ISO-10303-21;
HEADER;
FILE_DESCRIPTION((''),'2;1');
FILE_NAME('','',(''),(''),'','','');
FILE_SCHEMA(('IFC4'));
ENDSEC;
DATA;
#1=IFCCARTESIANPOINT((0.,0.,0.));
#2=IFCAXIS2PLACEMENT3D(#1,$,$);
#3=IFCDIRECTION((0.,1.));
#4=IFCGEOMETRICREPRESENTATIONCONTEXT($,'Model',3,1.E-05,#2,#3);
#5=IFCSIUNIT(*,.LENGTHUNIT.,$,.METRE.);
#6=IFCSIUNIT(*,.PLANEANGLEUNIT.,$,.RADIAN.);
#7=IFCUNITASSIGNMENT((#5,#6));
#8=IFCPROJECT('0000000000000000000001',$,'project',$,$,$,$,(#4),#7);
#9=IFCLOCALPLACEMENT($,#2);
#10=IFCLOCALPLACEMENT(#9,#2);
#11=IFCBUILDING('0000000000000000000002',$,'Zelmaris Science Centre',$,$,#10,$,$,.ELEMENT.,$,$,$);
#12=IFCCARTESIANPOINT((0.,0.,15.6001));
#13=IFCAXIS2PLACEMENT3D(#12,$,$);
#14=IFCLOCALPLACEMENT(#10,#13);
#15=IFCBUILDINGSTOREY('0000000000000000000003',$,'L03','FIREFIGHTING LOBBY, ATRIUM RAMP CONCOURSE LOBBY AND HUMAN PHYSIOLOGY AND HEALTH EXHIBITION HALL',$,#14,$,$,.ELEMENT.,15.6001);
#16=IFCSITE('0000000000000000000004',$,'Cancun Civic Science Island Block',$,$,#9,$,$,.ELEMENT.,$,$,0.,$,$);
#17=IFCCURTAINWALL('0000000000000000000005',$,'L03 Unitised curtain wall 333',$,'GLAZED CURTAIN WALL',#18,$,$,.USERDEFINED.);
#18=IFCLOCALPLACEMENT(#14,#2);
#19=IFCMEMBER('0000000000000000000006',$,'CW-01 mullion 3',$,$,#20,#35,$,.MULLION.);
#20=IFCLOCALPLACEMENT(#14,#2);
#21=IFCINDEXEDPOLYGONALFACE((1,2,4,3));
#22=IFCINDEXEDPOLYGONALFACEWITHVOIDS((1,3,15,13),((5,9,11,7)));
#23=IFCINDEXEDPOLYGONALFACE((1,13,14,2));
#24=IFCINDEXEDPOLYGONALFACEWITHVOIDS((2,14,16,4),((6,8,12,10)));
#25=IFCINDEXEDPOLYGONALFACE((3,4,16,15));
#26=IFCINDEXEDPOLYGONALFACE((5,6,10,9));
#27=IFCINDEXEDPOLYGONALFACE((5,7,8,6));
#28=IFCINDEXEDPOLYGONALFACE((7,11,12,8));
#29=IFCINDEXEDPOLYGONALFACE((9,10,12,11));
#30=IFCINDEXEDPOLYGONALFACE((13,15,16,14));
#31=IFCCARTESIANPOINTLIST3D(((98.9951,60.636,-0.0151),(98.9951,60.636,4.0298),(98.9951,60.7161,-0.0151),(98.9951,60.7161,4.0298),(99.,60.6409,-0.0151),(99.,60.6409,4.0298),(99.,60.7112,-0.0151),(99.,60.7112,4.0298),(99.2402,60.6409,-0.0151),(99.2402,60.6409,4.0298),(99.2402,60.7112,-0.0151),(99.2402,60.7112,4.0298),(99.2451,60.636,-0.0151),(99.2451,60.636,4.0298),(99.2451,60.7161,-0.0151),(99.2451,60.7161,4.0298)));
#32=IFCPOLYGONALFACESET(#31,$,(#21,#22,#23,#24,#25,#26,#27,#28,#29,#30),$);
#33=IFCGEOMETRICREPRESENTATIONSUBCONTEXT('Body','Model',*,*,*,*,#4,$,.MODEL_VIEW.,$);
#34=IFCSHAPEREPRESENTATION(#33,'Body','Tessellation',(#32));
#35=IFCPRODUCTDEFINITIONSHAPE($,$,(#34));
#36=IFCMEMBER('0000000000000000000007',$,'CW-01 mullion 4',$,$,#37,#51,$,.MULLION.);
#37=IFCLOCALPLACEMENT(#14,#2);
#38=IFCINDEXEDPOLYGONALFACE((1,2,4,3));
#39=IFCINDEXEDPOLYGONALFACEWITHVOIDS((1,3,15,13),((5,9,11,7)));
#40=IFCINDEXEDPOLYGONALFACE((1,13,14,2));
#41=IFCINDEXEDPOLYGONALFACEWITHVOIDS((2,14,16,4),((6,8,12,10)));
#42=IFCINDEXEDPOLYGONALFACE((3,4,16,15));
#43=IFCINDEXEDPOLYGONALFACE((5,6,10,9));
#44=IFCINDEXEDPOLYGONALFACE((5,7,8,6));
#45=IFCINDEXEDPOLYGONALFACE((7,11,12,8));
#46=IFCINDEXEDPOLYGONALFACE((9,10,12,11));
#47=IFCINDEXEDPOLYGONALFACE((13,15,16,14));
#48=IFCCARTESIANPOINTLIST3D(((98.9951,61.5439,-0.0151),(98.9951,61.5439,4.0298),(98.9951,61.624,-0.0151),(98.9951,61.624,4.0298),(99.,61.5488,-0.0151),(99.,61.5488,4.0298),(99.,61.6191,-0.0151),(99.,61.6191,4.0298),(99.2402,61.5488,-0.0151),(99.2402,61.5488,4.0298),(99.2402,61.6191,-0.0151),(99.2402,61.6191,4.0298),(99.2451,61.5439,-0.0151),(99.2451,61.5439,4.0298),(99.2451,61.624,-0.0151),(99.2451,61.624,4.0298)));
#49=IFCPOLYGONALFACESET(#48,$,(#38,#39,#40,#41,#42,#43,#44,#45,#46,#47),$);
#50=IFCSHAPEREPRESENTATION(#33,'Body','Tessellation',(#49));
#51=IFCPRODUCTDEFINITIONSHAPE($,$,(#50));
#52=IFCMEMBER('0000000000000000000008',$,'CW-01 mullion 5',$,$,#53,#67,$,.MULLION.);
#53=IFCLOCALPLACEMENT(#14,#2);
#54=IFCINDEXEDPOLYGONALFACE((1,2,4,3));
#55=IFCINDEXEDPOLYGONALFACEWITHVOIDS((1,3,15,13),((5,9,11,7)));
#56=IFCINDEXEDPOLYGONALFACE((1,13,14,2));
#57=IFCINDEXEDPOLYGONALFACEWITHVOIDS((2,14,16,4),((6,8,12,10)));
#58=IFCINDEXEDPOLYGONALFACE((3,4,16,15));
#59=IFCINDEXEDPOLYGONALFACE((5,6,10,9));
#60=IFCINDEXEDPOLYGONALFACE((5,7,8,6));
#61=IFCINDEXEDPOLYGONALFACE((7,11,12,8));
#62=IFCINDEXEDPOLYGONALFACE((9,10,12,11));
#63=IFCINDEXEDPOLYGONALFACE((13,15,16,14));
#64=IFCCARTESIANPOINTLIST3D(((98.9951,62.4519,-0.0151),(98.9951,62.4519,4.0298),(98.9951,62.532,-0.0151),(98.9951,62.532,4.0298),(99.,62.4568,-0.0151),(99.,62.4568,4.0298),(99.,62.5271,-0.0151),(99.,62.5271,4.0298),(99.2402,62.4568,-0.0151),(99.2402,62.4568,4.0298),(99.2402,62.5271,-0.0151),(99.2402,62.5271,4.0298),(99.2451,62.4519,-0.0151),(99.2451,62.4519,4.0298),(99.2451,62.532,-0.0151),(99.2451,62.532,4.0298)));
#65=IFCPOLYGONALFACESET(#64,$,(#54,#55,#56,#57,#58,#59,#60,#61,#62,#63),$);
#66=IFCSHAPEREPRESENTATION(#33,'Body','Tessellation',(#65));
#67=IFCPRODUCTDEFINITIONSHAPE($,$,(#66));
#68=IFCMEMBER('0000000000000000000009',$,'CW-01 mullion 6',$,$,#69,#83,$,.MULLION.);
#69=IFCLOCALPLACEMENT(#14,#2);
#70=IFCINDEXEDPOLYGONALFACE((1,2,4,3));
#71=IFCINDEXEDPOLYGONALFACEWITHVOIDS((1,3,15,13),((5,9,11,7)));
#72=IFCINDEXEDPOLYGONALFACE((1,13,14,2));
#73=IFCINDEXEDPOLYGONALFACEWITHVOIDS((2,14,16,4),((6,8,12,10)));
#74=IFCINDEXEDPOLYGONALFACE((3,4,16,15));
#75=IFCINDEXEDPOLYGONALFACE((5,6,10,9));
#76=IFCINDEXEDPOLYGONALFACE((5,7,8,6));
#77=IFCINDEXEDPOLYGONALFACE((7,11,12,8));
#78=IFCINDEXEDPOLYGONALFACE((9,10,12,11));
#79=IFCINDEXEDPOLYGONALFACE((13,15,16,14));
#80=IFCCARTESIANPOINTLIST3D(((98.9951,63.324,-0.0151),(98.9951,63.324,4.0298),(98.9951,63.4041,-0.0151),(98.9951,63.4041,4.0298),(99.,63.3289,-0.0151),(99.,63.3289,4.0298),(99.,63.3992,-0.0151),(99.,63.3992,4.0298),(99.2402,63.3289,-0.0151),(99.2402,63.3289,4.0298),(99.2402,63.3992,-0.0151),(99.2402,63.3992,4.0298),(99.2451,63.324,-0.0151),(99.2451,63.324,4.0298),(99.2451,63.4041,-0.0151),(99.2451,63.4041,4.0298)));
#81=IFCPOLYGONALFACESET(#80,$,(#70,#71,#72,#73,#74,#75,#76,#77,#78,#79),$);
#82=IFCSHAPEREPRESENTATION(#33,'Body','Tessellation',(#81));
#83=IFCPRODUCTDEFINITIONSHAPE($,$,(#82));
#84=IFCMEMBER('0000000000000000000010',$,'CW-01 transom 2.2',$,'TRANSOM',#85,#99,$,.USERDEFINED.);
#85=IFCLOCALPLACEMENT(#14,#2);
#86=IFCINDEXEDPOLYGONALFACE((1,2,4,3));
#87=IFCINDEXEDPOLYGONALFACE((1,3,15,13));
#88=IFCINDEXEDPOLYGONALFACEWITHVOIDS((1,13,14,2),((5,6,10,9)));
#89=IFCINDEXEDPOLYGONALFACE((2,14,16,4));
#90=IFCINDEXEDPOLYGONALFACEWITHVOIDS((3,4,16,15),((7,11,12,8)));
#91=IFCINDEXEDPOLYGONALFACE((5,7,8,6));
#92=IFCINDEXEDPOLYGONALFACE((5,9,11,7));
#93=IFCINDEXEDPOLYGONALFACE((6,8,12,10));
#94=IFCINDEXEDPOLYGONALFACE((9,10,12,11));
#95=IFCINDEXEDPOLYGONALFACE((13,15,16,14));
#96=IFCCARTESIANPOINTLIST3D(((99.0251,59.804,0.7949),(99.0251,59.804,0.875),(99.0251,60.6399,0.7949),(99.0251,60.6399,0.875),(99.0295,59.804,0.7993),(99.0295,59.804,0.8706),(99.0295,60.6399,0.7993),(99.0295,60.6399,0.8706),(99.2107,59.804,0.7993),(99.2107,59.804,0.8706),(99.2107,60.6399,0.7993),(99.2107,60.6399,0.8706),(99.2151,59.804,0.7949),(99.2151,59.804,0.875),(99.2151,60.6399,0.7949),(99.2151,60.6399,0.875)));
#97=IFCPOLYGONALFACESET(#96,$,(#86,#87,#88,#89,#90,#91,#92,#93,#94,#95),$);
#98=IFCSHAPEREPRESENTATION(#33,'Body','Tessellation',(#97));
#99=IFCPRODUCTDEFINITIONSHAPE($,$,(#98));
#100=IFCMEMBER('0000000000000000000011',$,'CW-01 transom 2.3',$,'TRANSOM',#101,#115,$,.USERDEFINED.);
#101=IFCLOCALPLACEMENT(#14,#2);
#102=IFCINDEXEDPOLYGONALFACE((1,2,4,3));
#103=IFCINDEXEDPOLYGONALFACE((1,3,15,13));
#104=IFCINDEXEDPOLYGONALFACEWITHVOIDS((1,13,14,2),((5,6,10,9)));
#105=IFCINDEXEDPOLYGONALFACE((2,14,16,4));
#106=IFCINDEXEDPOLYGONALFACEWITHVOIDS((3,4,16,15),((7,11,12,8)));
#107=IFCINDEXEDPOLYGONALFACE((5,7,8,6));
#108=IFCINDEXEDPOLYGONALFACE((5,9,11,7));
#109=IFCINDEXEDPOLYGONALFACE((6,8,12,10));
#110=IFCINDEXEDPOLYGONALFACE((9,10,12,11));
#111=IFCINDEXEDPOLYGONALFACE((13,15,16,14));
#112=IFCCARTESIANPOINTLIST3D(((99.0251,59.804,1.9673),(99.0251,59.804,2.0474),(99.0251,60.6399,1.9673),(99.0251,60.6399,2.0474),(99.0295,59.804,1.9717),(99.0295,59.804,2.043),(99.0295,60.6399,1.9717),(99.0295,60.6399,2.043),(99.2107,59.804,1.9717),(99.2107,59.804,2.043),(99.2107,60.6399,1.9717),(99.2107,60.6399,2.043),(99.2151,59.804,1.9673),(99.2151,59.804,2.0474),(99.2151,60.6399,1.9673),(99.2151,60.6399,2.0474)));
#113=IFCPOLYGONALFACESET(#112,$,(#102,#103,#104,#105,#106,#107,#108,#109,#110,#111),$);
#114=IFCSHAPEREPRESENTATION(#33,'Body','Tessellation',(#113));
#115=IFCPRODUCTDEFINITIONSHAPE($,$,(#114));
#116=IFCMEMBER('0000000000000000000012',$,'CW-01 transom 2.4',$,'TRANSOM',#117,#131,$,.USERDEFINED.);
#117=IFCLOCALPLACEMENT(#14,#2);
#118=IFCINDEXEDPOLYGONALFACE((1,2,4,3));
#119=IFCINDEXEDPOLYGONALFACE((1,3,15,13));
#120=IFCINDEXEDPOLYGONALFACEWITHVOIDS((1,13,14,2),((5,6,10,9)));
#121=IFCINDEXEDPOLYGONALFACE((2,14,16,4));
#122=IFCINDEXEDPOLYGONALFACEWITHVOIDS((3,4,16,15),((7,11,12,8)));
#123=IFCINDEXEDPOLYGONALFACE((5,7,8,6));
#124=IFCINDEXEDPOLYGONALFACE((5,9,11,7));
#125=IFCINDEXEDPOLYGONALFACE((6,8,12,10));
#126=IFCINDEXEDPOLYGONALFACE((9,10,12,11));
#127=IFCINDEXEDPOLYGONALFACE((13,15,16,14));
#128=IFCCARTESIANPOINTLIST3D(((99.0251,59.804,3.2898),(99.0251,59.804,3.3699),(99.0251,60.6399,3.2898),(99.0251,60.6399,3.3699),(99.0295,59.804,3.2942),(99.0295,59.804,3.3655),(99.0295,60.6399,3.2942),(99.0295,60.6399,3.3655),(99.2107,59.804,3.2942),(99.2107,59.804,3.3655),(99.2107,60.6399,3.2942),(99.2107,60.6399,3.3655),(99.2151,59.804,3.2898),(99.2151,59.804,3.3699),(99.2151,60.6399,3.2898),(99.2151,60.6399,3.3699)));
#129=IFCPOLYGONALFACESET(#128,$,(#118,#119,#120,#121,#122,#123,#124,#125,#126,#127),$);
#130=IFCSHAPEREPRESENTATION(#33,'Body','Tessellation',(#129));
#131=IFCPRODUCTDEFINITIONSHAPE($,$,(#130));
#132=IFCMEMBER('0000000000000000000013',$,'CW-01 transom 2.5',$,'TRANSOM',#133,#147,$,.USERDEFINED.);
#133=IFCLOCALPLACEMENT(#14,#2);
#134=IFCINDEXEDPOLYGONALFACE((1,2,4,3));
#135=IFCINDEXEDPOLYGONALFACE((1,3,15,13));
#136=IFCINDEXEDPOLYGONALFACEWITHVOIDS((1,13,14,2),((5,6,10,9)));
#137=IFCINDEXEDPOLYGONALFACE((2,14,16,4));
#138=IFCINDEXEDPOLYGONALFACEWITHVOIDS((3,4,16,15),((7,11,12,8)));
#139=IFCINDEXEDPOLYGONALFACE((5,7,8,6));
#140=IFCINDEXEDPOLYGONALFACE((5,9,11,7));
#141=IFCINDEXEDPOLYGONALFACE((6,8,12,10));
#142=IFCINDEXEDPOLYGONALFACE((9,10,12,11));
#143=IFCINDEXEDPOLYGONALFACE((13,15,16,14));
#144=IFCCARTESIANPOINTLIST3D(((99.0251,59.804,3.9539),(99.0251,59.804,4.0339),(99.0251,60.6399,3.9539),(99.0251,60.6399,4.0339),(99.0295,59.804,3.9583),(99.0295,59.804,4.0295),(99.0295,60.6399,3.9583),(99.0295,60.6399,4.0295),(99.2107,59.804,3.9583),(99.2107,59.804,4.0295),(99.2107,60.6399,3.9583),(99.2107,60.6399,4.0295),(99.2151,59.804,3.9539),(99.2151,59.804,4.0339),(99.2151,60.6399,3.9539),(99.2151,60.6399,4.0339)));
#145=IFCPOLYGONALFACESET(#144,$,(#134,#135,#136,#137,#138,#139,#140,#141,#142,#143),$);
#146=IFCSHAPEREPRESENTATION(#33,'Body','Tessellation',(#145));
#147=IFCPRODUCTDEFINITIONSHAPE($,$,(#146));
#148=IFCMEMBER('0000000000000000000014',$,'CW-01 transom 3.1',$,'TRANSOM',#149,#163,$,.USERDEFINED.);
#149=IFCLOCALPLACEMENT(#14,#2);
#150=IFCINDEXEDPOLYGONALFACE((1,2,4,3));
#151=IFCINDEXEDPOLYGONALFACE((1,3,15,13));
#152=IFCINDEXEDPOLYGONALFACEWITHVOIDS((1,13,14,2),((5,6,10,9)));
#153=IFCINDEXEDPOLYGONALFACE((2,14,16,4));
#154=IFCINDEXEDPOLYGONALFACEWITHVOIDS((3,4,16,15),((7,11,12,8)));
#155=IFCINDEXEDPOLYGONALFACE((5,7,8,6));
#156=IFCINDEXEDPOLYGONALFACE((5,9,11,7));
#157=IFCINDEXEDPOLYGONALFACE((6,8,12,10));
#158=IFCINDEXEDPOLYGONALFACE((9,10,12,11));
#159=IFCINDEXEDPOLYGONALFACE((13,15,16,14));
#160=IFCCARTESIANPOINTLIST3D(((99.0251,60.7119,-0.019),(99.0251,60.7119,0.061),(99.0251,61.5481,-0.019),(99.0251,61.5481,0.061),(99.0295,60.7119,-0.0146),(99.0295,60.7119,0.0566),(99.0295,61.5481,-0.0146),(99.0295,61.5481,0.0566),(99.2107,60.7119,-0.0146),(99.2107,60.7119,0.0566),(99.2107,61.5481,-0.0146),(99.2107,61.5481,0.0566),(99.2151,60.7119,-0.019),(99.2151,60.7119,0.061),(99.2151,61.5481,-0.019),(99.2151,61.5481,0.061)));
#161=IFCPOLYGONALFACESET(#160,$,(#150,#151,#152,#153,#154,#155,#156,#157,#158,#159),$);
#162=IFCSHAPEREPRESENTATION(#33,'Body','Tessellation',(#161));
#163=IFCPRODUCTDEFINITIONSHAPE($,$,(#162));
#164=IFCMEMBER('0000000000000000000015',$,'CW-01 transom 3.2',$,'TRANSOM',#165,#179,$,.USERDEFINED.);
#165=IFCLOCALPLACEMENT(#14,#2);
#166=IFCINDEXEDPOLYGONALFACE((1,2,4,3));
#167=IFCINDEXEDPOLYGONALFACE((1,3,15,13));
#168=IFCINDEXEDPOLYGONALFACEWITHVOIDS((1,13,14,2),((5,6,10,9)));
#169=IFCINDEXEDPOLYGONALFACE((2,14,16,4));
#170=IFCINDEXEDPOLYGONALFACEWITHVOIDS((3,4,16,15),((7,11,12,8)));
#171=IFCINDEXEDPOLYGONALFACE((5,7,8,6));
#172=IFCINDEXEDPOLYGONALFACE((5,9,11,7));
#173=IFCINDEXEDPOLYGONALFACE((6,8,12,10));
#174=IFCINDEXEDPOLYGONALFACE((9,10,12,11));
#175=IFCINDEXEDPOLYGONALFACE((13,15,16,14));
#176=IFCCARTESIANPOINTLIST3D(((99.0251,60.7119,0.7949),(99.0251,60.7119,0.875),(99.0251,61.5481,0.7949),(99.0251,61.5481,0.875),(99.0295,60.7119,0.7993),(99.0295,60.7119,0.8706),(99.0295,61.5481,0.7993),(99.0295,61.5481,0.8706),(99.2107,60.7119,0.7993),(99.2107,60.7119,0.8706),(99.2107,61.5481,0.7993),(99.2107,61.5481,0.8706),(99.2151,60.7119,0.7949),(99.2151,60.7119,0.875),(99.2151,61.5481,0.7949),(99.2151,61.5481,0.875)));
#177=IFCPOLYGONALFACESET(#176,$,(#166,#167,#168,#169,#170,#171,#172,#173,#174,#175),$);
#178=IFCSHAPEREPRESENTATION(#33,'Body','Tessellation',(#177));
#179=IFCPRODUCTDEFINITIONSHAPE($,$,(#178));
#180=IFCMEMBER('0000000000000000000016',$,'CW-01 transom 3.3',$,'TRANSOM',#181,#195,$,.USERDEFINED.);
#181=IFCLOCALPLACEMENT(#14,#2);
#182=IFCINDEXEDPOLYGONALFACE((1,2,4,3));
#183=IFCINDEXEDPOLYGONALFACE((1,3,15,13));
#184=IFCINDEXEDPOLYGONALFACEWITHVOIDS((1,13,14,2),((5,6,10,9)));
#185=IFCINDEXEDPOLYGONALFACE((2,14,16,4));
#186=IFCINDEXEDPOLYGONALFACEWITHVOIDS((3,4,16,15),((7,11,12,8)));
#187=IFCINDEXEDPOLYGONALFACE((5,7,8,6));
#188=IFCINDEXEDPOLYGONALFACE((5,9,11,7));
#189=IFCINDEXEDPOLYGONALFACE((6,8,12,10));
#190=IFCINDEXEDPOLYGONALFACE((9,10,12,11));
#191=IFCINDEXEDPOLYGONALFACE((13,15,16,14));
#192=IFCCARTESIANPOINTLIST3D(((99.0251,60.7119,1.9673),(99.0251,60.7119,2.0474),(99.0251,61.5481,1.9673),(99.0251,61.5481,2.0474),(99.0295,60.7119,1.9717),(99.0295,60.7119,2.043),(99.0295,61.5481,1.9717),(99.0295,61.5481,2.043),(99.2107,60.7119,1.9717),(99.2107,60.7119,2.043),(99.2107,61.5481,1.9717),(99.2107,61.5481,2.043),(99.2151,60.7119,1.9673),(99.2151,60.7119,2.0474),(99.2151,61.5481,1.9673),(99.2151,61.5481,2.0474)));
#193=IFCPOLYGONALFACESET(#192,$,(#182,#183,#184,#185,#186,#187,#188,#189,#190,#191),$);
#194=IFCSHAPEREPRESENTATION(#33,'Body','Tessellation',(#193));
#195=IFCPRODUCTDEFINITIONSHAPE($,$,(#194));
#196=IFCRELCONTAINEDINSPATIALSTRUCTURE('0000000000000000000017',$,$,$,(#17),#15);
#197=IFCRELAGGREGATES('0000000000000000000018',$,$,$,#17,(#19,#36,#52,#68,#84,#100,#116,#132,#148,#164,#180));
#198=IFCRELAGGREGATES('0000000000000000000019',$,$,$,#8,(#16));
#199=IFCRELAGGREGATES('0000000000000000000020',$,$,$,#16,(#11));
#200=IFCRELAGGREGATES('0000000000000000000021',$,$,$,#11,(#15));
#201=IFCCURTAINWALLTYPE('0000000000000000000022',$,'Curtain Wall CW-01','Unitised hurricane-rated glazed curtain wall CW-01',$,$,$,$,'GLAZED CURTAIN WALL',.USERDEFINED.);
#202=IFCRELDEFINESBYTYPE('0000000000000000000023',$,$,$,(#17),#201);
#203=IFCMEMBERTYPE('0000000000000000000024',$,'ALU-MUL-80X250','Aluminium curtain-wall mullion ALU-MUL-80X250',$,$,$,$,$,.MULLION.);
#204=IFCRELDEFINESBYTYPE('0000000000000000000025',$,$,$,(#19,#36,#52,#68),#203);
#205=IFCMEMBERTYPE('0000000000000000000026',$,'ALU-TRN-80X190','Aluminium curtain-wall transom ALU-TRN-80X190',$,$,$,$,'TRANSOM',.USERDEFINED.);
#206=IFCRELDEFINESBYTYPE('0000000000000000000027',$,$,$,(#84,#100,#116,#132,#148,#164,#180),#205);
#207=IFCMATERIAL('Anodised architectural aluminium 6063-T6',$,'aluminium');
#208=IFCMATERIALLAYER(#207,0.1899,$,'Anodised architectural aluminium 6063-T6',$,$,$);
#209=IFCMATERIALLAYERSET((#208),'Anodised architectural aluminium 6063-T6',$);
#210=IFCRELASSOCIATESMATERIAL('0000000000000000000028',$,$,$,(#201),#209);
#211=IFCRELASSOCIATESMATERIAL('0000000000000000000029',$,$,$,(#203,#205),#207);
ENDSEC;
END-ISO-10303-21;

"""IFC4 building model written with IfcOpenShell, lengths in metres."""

from ifc_helpers import new_model, si_unit, direction, frame, origin, origin_2d, place, context, subcontext, project, spatial, hollow_rectangle, extrude, material, layer, layer_set, material_profile, profile_set, type_object, element, aggregate, save


model = new_model("IFC4")

# Units and contexts
model_context = context("Model", 3, precision=1e-05, world=origin(), true_north=direction((0.0, 1.0)))
body_context = subcontext(model_context, "Body", "Model", "MODEL_VIEW")
ifc_project = project(units=[si_unit("LENGTHUNIT", "METRE"), si_unit("PLANEANGLEUNIT", "RADIAN")], contexts=[model_context])

# Site, building, storey
site_placement = place(None, origin())
site = spatial("IfcSite", under=ifc_project, at=site_placement, Name="Cancun Civic Science Island Block", CompositionType="ELEMENT", RefElevation=0.0)
building_placement = place(site_placement, origin())
building = spatial("IfcBuilding", under=site, at=building_placement, Name="Zelmaris Science Centre", CompositionType="ELEMENT")
storey_placement = place(building_placement, frame((0.0, 0.0, 15.6001)))
storey = spatial("IfcBuildingStorey", under=building, at=storey_placement, Name="L03", Description="FIREFIGHTING LOBBY, ATRIUM RAMP CONCOURSE LOBBY AND HUMAN PHYSIOLOGY AND HEALTH EXHIBITION HALL", CompositionType="ELEMENT", Elevation=15.6001)

# Curtain wall, members
ifc_material_1 = material(Name="Anodised architectural aluminium 6063-T6", Category="aluminium")
ifc_layer_1 = layer(ifc_material_1, 0.1899, Name="Anodised architectural aluminium 6063-T6")
ifc_layer_set_1 = layer_set([ifc_layer_1], Name="Anodised architectural aluminium 6063-T6")
curtain_wall_type = type_object("IfcCurtainWallType", Name="Curtain Wall CW-01", Description="Unitised hurricane-rated glazed curtain wall CW-01", ElementType="GLAZED CURTAIN WALL", PredefinedType="USERDEFINED", material=ifc_layer_set_1)
curtain_wall_placement = place(storey_placement, origin())
curtain_wall = element("IfcCurtainWall", 1, at=curtain_wall_placement, inside=storey, type_object=curtain_wall_type, Name="L03 Unitised curtain wall 333", ObjectType="GLAZED CURTAIN WALL", PredefinedType="USERDEFINED")
ifc_material_profile_1 = material_profile(ifc_material_1, hollow_rectangle(XDim=0.0801, YDim=0.25, WallThickness=0.0049, at=origin_2d()), Name="ALU-MUL-80X250")
ifc_profile_set_1 = profile_set([ifc_material_profile_1], Name="Anodised architectural aluminium 6063-T6")
member_type_1 = type_object("IfcMemberType", Name="ALU-MUL-80X250", Description="Aluminium curtain-wall mullion ALU-MUL-80X250", PredefinedType="MULLION", material=ifc_profile_set_1)
member_1_placement = place(storey_placement, frame((99.1201, 60.676, -0.0151), z_axis=(0.0, 0.0, 1.0), x_axis=(-0.000005, 1.0, 0.0)))
member_1 = element("IfcMember", 2, at=member_1_placement, type_object=member_type_1, Name="CW-01 mullion 3", PredefinedType="MULLION", context=body_context, shape_type="SweptSolid", body=[
    extrude(hollow_rectangle(XDim=0.0801, YDim=0.25, WallThickness=0.0049, at=origin_2d()), origin(), (0.0, 0.0, 1.0), 4.0449),
])
member_2_placement = place(storey_placement, frame((99.1201, 61.584, -0.0151), z_axis=(0.0, 0.0, 1.0), x_axis=(-0.000005, 1.0, 0.0)))
member_2 = element("IfcMember", 3, at=member_2_placement, type_object=member_type_1, Name="CW-01 mullion 4", PredefinedType="MULLION", context=body_context, shape_type="SweptSolid", body=[
    extrude(hollow_rectangle(XDim=0.0801, YDim=0.25, WallThickness=0.0049, at=origin_2d()), origin(), (0.0, 0.0, 1.0), 4.0449),
])
member_3_placement = place(storey_placement, frame((99.1201, 62.4919, -0.0151), z_axis=(0.0, 0.0, 1.0), x_axis=(-0.000005, 1.0, 0.0)))
member_3 = element("IfcMember", 4, at=member_3_placement, type_object=member_type_1, Name="CW-01 mullion 5", PredefinedType="MULLION", context=body_context, shape_type="SweptSolid", body=[
    extrude(hollow_rectangle(XDim=0.0801, YDim=0.25, WallThickness=0.0049, at=origin_2d()), origin(), (0.0, 0.0, 1.0), 4.0449),
])
member_4_placement = place(storey_placement, frame((99.1201, 63.364, -0.0151), z_axis=(0.0, 0.0, 1.0), x_axis=(-0.000005, 1.0, 0.0)))
member_4 = element("IfcMember", 5, at=member_4_placement, type_object=member_type_1, Name="CW-01 mullion 6", PredefinedType="MULLION", context=body_context, shape_type="SweptSolid", body=[
    extrude(hollow_rectangle(XDim=0.0801, YDim=0.25, WallThickness=0.0049, at=origin_2d()), origin(), (0.0, 0.0, 1.0), 4.0449),
])
ifc_material_profile_2 = material_profile(ifc_material_1, hollow_rectangle(XDim=0.0801, YDim=0.1899, WallThickness=0.0044, at=origin_2d()), Name="ALU-TRN-80X190")
ifc_profile_set_2 = profile_set([ifc_material_profile_2], Name="Anodised architectural aluminium 6063-T6")
member_type_2 = type_object("IfcMemberType", Name="ALU-TRN-80X190", Description="Aluminium curtain-wall transom ALU-TRN-80X190", ElementType="TRANSOM", PredefinedType="USERDEFINED", material=ifc_profile_set_2)
member_5_placement = place(storey_placement, frame((99.1201, 59.804, 0.835), z_axis=(0.0, 1.0, 0.0), x_axis=(0.0, 0.0, 1.0)))
member_5 = element("IfcMember", 6, at=member_5_placement, type_object=member_type_2, Name="CW-01 transom 2.2", ObjectType="TRANSOM", PredefinedType="USERDEFINED", context=body_context, shape_type="SweptSolid", body=[
    extrude(hollow_rectangle(XDim=0.0801, YDim=0.1899, WallThickness=0.0044, at=origin_2d()), origin(), (0.0, 0.0, 1.0), 0.8359),
])
member_6_placement = place(storey_placement, frame((99.1201, 59.804, 2.0073), z_axis=(0.0, 1.0, 0.0), x_axis=(0.0, 0.0, 1.0)))
member_6 = element("IfcMember", 7, at=member_6_placement, type_object=member_type_2, Name="CW-01 transom 2.3", ObjectType="TRANSOM", PredefinedType="USERDEFINED", context=body_context, shape_type="SweptSolid", body=[
    extrude(hollow_rectangle(XDim=0.0801, YDim=0.1899, WallThickness=0.0044, at=origin_2d()), origin(), (0.0, 0.0, 1.0), 0.8359),
])
member_7_placement = place(storey_placement, frame((99.1201, 59.804, 3.3298), z_axis=(0.0, 1.0, 0.0), x_axis=(0.0, 0.0, 1.0)))
member_7 = element("IfcMember", 8, at=member_7_placement, type_object=member_type_2, Name="CW-01 transom 2.4", ObjectType="TRANSOM", PredefinedType="USERDEFINED", context=body_context, shape_type="SweptSolid", body=[
    extrude(hollow_rectangle(XDim=0.0801, YDim=0.1899, WallThickness=0.0044, at=origin_2d()), origin(), (0.0, 0.0, 1.0), 0.8359),
])
member_8_placement = place(storey_placement, frame((99.1201, 59.804, 3.9939), z_axis=(0.0, 1.0, 0.0), x_axis=(0.0, 0.0, 1.0)))
member_8 = element("IfcMember", 9, at=member_8_placement, type_object=member_type_2, Name="CW-01 transom 2.5", ObjectType="TRANSOM", PredefinedType="USERDEFINED", context=body_context, shape_type="SweptSolid", body=[
    extrude(hollow_rectangle(XDim=0.0801, YDim=0.1899, WallThickness=0.0044, at=origin_2d()), origin(), (0.0, 0.0, 1.0), 0.8359),
])
member_9_placement = place(storey_placement, frame((99.1201, 60.7119, 0.021), z_axis=(0.0, 1.0, 0.0), x_axis=(0.0, 0.0, 1.0)))
member_9 = element("IfcMember", 10, at=member_9_placement, type_object=member_type_2, Name="CW-01 transom 3.1", ObjectType="TRANSOM", PredefinedType="USERDEFINED", context=body_context, shape_type="SweptSolid", body=[
    extrude(hollow_rectangle(XDim=0.0801, YDim=0.1899, WallThickness=0.0044, at=origin_2d()), origin(), (0.0, 0.0, 1.0), 0.8362),
])
member_10_placement = place(storey_placement, frame((99.1201, 60.7119, 0.835), z_axis=(0.0, 1.0, 0.0), x_axis=(0.0, 0.0, 1.0)))
member_10 = element("IfcMember", 11, at=member_10_placement, type_object=member_type_2, Name="CW-01 transom 3.2", ObjectType="TRANSOM", PredefinedType="USERDEFINED", context=body_context, shape_type="SweptSolid", body=[
    extrude(hollow_rectangle(XDim=0.0801, YDim=0.1899, WallThickness=0.0044, at=origin_2d()), origin(), (0.0, 0.0, 1.0), 0.8362),
])
member_11_placement = place(storey_placement, frame((99.1201, 60.7119, 2.0073), z_axis=(0.0, 1.0, 0.0), x_axis=(0.0, 0.0, 1.0)))
member_11 = element("IfcMember", 12, at=member_11_placement, type_object=member_type_2, Name="CW-01 transom 3.3", ObjectType="TRANSOM", PredefinedType="USERDEFINED", context=body_context, shape_type="SweptSolid", body=[
    extrude(hollow_rectangle(XDim=0.0801, YDim=0.1899, WallThickness=0.0044, at=origin_2d()), origin(), (0.0, 0.0, 1.0), 0.8362),
])
aggregate(curtain_wall, [member_1, member_2, member_3, member_4, member_5, member_6, member_7, member_8, member_9, member_10, member_11])

save(model, "model.ifc")
